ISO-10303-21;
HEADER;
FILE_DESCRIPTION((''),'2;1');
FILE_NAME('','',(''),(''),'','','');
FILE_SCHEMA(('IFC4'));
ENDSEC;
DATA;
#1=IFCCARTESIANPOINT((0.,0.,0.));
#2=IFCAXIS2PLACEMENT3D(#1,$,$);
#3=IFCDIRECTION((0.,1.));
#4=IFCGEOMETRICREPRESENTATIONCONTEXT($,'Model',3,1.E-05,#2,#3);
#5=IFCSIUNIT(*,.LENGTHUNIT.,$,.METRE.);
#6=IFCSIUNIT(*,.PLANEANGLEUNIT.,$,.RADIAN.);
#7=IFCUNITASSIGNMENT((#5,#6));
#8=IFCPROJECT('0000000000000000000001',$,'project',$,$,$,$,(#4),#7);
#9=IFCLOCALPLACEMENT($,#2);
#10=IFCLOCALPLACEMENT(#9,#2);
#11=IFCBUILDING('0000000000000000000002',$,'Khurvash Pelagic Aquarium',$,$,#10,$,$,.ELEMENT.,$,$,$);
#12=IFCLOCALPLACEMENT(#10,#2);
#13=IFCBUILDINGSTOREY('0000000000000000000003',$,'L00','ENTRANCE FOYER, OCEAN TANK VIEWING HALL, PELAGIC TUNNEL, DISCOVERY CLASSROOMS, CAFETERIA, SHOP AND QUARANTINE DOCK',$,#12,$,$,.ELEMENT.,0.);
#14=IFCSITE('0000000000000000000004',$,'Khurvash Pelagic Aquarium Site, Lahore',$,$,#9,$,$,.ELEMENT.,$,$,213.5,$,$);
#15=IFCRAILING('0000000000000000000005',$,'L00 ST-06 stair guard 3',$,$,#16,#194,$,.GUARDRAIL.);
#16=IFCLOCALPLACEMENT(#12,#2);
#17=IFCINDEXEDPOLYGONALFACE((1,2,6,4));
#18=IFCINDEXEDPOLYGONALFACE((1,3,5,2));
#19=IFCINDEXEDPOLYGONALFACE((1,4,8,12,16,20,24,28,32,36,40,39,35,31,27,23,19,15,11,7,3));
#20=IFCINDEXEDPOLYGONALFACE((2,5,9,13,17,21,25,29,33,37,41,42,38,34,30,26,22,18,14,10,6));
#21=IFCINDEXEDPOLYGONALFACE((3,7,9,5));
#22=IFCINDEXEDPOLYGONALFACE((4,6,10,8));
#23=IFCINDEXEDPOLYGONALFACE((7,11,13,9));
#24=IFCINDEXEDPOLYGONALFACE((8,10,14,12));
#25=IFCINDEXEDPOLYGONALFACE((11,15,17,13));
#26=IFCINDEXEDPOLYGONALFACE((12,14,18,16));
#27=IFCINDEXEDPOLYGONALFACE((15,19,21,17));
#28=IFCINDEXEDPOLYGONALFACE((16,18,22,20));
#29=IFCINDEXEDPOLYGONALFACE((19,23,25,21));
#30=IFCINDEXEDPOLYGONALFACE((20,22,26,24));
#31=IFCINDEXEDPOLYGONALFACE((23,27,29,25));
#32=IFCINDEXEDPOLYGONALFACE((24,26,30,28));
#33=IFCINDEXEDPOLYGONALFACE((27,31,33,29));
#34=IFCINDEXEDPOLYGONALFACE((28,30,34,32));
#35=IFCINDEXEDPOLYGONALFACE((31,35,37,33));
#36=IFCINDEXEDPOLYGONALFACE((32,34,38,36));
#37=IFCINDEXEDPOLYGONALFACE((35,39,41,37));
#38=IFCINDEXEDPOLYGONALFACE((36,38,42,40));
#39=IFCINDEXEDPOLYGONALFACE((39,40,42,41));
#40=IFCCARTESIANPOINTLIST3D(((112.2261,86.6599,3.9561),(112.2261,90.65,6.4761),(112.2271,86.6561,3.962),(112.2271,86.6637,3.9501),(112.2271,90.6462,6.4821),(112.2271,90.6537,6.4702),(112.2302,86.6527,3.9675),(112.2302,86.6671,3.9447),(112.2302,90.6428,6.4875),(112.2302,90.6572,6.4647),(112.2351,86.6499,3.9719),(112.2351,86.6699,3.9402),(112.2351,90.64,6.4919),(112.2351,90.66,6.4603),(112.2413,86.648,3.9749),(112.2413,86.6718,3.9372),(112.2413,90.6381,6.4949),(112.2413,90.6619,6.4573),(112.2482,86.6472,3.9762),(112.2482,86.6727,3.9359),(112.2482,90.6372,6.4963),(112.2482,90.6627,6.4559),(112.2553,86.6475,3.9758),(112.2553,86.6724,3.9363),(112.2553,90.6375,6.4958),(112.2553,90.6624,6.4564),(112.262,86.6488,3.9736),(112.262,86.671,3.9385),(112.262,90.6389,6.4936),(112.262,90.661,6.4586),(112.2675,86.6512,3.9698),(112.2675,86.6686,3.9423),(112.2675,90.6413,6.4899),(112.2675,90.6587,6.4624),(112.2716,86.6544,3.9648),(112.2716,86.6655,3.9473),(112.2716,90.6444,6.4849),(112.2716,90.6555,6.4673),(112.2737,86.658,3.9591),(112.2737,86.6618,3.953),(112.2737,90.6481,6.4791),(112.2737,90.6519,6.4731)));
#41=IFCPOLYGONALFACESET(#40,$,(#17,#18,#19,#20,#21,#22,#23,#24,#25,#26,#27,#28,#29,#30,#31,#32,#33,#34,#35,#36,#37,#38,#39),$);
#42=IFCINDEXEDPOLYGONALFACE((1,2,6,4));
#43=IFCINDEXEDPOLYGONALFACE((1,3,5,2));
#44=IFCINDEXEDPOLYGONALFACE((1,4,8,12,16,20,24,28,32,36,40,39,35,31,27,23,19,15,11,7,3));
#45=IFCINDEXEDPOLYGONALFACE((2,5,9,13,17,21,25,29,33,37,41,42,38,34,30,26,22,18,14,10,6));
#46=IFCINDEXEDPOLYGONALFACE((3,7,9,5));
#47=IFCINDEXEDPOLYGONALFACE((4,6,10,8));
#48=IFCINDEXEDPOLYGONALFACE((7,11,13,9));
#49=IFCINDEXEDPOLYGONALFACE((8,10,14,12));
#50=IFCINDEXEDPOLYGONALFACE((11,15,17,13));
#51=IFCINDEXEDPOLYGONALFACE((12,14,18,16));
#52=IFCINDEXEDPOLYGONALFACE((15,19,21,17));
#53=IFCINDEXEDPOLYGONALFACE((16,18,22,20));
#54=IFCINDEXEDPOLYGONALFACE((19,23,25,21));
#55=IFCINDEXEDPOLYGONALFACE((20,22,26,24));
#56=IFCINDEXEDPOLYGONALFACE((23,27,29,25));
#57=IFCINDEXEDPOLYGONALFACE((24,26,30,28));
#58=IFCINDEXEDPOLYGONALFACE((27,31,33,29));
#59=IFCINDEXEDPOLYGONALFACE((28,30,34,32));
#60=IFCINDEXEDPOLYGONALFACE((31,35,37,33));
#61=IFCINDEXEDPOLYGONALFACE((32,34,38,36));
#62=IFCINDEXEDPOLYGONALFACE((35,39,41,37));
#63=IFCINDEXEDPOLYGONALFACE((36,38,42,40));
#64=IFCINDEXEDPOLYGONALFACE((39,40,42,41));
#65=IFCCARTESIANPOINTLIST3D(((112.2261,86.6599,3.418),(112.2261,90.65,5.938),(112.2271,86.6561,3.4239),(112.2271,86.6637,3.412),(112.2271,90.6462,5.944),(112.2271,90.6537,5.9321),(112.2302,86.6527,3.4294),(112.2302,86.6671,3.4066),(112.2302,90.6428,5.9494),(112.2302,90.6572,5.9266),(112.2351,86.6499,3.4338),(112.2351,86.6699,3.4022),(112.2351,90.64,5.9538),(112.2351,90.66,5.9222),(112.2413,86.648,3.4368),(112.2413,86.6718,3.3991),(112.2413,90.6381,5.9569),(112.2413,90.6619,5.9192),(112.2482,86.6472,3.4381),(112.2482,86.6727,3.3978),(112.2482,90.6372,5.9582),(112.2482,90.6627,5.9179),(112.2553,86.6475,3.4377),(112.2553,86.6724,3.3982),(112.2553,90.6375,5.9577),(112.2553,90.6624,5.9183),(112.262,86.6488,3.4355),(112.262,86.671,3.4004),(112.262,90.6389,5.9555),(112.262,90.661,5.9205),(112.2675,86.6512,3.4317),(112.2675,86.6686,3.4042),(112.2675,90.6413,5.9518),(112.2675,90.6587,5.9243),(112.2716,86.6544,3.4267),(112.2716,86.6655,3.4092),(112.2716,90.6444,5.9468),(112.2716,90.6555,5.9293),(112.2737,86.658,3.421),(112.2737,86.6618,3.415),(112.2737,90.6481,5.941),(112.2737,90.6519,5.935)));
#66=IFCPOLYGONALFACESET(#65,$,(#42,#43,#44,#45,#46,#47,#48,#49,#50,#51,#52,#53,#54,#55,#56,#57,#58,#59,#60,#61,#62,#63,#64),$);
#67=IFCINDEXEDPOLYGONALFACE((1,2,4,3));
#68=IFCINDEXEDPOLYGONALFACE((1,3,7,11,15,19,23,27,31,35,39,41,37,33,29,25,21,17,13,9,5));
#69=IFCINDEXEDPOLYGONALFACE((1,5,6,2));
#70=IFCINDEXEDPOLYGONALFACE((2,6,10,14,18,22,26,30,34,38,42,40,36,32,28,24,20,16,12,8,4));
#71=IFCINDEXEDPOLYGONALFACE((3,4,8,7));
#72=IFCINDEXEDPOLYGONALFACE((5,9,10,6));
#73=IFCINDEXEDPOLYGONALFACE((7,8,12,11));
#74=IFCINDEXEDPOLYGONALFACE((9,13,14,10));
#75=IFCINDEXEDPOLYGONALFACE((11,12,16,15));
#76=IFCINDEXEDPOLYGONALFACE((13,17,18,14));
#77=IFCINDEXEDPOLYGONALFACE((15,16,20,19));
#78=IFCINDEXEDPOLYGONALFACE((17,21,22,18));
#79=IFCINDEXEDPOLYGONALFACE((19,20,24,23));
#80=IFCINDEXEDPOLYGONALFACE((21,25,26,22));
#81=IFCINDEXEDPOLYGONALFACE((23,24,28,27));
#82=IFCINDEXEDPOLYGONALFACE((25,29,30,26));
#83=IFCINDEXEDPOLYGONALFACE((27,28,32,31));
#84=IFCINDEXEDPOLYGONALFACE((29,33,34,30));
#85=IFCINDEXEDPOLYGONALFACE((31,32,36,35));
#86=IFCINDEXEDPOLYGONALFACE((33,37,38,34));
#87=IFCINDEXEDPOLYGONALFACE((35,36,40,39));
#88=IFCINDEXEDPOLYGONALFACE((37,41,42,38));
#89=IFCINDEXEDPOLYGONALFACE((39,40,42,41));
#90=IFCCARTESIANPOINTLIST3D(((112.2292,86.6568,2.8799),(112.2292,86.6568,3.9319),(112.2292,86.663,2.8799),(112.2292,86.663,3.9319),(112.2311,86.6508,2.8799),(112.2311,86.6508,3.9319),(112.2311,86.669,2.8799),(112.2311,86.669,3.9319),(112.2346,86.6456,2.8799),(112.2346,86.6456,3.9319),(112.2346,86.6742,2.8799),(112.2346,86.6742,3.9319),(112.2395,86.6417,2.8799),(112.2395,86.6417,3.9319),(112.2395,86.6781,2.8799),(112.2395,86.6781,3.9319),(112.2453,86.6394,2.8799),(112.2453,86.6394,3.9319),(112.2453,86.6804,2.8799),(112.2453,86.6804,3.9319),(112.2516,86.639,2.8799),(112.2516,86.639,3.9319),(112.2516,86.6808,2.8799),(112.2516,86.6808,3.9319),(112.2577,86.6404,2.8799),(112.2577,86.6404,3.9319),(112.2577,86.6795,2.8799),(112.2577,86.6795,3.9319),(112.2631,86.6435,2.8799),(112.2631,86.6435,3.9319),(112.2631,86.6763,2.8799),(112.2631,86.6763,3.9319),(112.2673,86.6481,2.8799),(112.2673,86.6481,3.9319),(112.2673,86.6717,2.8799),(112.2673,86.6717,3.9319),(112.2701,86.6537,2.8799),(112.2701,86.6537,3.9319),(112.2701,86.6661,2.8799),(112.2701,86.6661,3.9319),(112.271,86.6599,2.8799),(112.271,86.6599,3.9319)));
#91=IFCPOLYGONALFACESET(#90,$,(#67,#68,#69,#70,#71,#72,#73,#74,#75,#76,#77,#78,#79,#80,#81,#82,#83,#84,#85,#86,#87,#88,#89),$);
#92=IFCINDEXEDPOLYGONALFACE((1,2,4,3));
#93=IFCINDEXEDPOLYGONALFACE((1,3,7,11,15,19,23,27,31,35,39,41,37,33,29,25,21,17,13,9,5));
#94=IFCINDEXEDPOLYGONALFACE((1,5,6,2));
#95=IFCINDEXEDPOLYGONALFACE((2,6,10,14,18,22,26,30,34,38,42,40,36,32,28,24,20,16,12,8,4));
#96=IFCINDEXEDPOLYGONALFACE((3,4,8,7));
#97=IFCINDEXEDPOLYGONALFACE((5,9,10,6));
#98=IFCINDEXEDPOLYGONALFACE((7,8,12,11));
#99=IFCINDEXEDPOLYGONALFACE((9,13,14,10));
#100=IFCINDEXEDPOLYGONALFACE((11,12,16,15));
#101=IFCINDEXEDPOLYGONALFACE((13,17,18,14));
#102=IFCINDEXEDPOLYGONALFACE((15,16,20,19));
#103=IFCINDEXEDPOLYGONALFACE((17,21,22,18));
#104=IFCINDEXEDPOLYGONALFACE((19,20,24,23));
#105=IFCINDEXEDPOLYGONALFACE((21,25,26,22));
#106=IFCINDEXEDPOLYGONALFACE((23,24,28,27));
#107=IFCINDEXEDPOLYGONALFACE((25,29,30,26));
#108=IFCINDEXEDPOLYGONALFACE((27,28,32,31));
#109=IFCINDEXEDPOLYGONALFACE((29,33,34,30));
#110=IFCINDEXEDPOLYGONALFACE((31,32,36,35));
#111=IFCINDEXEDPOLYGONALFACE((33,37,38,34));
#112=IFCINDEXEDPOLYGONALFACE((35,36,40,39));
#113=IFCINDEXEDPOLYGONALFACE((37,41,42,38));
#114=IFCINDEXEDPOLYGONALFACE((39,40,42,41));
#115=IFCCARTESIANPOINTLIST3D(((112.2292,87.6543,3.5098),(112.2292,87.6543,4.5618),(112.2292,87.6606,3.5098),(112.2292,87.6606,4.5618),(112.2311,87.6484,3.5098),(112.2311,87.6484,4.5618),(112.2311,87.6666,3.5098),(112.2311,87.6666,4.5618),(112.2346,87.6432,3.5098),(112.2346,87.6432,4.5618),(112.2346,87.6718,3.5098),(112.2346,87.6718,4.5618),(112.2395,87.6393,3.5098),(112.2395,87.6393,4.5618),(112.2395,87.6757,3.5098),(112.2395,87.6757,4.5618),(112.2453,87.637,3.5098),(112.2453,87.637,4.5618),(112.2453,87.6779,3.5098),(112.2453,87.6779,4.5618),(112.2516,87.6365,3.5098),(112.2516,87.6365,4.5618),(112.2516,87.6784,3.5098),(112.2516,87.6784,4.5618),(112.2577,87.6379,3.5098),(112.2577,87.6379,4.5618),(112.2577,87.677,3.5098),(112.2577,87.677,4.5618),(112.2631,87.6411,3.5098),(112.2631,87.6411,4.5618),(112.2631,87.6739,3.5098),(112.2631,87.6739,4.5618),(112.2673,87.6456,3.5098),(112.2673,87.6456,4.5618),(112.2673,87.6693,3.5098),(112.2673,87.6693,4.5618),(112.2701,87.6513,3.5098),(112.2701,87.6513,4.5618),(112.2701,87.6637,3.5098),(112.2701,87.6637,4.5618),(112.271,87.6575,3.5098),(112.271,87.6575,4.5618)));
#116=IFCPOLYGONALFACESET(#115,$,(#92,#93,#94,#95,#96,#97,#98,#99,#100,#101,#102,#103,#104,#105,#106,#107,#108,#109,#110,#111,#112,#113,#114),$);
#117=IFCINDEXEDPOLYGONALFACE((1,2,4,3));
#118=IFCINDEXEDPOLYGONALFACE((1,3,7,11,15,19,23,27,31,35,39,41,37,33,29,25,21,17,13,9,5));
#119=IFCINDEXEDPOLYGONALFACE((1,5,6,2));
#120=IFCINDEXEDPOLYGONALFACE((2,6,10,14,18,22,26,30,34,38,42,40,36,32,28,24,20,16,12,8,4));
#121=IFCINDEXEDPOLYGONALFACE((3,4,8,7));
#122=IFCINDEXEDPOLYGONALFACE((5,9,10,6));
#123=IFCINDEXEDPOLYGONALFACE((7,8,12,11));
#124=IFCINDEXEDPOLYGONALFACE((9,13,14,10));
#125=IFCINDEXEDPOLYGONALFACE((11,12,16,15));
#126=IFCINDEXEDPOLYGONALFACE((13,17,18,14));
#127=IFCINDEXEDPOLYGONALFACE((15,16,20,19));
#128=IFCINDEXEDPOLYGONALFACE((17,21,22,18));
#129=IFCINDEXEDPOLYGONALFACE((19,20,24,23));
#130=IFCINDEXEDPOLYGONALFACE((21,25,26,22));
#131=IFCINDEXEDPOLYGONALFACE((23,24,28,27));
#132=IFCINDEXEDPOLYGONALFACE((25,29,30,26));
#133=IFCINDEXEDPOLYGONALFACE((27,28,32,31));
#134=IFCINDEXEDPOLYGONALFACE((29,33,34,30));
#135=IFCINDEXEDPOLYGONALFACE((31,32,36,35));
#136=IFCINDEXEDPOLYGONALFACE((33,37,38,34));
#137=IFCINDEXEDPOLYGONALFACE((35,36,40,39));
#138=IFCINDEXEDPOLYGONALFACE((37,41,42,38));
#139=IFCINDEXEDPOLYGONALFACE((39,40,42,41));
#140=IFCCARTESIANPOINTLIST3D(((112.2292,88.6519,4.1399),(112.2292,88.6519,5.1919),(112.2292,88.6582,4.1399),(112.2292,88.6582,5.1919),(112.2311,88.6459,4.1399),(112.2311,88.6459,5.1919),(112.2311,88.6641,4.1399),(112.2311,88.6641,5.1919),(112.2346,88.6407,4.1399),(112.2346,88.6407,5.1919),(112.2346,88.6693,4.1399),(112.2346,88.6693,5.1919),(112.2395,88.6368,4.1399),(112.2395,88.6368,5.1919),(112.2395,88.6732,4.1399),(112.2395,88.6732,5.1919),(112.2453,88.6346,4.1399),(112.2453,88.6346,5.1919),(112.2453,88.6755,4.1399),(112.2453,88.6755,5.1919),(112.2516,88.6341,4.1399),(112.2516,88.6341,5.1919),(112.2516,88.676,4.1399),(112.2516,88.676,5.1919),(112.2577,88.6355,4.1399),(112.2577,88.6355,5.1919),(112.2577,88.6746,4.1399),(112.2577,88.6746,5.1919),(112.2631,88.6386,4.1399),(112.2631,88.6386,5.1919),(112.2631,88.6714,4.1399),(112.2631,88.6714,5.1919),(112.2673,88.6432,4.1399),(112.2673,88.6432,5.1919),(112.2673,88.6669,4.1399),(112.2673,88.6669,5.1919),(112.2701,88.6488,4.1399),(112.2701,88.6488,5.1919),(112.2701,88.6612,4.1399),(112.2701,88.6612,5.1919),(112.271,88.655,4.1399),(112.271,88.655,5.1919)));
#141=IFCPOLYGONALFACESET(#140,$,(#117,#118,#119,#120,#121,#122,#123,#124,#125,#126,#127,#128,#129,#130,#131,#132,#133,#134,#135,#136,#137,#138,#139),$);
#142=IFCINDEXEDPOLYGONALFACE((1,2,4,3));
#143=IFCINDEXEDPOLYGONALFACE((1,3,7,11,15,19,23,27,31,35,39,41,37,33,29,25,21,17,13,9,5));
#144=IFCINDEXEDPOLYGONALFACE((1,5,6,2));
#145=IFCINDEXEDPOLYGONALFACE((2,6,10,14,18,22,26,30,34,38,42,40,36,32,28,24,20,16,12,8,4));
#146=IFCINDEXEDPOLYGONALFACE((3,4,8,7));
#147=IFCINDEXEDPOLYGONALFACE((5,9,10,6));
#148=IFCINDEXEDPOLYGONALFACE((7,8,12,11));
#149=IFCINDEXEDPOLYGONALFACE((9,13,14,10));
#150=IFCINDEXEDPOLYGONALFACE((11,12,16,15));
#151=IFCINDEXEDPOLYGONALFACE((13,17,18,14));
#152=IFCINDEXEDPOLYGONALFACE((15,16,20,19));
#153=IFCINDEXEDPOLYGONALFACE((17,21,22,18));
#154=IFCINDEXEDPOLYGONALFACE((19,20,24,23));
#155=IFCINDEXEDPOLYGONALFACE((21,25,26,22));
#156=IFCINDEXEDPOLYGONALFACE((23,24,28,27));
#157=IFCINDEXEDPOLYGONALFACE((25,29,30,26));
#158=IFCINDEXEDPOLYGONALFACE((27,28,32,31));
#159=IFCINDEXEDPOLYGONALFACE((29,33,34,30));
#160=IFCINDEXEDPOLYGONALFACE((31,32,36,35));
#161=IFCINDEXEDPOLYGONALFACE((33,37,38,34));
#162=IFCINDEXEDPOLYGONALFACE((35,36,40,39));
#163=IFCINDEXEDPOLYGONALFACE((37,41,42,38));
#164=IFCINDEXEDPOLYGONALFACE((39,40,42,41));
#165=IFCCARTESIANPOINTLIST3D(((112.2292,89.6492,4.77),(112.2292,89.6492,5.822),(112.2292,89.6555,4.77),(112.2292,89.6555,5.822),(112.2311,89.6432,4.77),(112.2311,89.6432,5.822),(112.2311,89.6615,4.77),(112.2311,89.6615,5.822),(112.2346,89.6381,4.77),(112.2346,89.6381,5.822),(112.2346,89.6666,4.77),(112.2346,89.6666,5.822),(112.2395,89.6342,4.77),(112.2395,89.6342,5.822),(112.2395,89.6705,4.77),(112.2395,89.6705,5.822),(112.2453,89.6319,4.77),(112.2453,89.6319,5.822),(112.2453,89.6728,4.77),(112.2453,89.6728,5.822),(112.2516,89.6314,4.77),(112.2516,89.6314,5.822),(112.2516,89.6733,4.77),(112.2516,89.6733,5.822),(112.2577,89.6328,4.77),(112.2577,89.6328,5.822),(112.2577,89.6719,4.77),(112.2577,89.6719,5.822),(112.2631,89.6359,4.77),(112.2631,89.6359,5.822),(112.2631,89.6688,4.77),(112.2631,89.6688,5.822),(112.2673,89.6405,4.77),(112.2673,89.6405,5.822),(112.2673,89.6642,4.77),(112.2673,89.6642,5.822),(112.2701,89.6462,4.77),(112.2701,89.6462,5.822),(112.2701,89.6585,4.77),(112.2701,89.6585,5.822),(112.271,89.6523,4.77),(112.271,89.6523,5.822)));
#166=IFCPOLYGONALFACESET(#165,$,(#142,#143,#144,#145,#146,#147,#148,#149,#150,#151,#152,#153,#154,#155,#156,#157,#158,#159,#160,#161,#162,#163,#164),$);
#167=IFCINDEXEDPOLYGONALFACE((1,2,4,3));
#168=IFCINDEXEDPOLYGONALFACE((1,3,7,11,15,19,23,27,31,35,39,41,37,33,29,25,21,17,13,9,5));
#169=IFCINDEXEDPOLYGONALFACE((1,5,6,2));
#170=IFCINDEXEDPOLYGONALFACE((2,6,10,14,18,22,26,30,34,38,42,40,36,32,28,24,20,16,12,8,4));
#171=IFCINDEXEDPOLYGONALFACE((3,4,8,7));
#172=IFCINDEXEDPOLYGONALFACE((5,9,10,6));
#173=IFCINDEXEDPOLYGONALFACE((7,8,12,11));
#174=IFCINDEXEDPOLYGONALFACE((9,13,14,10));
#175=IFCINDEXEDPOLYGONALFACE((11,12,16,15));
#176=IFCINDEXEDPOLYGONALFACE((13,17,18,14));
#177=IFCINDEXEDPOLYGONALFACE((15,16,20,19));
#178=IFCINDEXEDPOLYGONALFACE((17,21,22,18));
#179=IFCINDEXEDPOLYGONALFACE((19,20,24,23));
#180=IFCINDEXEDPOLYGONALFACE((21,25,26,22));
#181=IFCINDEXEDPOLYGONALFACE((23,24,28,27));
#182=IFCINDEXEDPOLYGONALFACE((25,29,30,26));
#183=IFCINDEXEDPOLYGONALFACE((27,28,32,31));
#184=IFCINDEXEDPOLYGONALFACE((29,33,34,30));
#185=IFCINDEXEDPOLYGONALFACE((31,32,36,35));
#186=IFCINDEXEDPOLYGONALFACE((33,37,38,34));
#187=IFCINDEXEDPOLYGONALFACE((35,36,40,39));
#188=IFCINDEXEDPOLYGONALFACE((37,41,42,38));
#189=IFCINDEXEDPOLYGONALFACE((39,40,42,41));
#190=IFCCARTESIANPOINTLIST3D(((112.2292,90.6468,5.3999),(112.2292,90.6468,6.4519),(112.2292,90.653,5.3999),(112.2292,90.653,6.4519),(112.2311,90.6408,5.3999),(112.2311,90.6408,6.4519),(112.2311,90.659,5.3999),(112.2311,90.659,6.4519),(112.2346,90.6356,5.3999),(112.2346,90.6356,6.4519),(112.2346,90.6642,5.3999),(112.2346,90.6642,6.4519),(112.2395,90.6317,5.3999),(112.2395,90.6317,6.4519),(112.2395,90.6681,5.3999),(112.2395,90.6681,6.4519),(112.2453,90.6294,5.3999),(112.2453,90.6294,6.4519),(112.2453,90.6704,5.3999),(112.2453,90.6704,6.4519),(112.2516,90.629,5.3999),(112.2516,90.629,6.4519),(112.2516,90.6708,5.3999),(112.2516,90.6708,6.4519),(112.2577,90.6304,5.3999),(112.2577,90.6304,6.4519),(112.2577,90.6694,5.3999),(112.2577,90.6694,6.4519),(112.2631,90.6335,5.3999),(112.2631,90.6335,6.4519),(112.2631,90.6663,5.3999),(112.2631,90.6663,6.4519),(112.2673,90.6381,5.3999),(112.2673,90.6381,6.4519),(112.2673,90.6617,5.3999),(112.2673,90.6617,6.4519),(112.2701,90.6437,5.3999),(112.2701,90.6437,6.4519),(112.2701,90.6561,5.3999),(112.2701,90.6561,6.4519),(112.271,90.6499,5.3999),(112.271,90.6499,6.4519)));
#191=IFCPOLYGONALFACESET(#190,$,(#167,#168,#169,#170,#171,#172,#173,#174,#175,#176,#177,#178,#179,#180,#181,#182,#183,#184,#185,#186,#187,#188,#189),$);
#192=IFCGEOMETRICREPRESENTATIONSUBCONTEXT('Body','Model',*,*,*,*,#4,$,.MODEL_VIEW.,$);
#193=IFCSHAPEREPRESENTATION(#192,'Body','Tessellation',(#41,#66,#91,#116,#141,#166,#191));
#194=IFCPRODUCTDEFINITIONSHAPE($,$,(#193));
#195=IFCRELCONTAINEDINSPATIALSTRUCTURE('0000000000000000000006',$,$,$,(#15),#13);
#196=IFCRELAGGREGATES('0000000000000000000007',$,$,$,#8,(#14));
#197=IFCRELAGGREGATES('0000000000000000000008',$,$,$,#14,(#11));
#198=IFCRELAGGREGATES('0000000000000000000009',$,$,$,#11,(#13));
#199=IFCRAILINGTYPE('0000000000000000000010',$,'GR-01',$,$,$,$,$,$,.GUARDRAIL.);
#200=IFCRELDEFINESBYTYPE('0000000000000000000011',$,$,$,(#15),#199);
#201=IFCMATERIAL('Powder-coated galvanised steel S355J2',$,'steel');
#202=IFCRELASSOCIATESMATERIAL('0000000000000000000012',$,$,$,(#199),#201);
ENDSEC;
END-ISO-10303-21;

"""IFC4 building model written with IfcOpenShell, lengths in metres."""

from ifc_helpers import new_model, si_unit, direction, frame, origin, origin_2d, place, context, subcontext, project, spatial, circle, extrude, material, type_object, element, save


model = new_model("IFC4")

# Units and contexts
model_context = context("Model", 3, precision=1e-05, world=origin(), true_north=direction((0.0, 1.0)))
body_context = subcontext(model_context, "Body", "Model", "MODEL_VIEW")
ifc_project = project(units=[si_unit("LENGTHUNIT", "METRE"), si_unit("PLANEANGLEUNIT", "RADIAN")], contexts=[model_context])

# Site, building, storey
site_placement = place(None, origin())
site = spatial("IfcSite", under=ifc_project, at=site_placement, Name="Khurvash Pelagic Aquarium Site, Lahore", CompositionType="ELEMENT", RefElevation=213.5)
building_placement = place(site_placement, origin())
building = spatial("IfcBuilding", under=site, at=building_placement, Name="Khurvash Pelagic Aquarium", CompositionType="ELEMENT")
storey_placement = place(building_placement, origin())
storey = spatial("IfcBuildingStorey", under=building, at=storey_placement, Name="L00", Description="ENTRANCE FOYER, OCEAN TANK VIEWING HALL, PELAGIC TUNNEL, DISCOVERY CLASSROOMS, CAFETERIA, SHOP AND QUARANTINE DOCK", CompositionType="ELEMENT", Elevation=0.0)

# Railing
ifc_material_1 = material(Name="Powder-coated galvanised steel S355J2", Category="steel")
railing_type_1 = type_object("IfcRailingType", Name="GR-01", PredefinedType="GUARDRAIL", material=ifc_material_1)
railing_1_placement = place(storey_placement, frame((112.25, 86.6599, 2.8799)))
element("IfcRailing", 1, at=railing_1_placement, inside=storey, type_object=railing_type_1, Name="L00 ST-06 stair guard 3", PredefinedType="GUARDRAIL", context=body_context, shape_type="SweptSolid", body=[
    extrude(circle(Radius=0.0239, at=origin_2d()), frame((0.0, 0.0, 1.0762), z_axis=(0.0, 0.845486, 0.533997), x_axis=(-1.0, 0.0, 0.0)), (0.0, 0.0, 1.0), 4.7192),
    extrude(circle(Radius=0.0239, at=origin_2d()), frame((0.0, 0.0, 0.5381), z_axis=(0.0, 0.845486, 0.533997), x_axis=(-1.0, 0.0, 0.0)), (0.0, 0.0, 1.0), 4.7192),
    extrude(circle(Radius=0.021, at=origin_2d()), origin(), (0.0, 0.0, 1.0), 1.052),
    extrude(circle(Radius=0.021, at=origin_2d()), frame((0.0, 0.9976, 0.6299)), (0.0, 0.0, 1.0), 1.052),
    extrude(circle(Radius=0.021, at=origin_2d()), frame((0.0, 1.9951, 1.26)), (0.0, 0.0, 1.0), 1.052),
    extrude(circle(Radius=0.021, at=origin_2d()), frame((0.0, 2.9924, 1.8901)), (0.0, 0.0, 1.0), 1.052),
    extrude(circle(Radius=0.021, at=origin_2d()), frame((0.0, 3.99, 2.52)), (0.0, 0.0, 1.0), 1.052),
])

save(model, "model.ifc")
